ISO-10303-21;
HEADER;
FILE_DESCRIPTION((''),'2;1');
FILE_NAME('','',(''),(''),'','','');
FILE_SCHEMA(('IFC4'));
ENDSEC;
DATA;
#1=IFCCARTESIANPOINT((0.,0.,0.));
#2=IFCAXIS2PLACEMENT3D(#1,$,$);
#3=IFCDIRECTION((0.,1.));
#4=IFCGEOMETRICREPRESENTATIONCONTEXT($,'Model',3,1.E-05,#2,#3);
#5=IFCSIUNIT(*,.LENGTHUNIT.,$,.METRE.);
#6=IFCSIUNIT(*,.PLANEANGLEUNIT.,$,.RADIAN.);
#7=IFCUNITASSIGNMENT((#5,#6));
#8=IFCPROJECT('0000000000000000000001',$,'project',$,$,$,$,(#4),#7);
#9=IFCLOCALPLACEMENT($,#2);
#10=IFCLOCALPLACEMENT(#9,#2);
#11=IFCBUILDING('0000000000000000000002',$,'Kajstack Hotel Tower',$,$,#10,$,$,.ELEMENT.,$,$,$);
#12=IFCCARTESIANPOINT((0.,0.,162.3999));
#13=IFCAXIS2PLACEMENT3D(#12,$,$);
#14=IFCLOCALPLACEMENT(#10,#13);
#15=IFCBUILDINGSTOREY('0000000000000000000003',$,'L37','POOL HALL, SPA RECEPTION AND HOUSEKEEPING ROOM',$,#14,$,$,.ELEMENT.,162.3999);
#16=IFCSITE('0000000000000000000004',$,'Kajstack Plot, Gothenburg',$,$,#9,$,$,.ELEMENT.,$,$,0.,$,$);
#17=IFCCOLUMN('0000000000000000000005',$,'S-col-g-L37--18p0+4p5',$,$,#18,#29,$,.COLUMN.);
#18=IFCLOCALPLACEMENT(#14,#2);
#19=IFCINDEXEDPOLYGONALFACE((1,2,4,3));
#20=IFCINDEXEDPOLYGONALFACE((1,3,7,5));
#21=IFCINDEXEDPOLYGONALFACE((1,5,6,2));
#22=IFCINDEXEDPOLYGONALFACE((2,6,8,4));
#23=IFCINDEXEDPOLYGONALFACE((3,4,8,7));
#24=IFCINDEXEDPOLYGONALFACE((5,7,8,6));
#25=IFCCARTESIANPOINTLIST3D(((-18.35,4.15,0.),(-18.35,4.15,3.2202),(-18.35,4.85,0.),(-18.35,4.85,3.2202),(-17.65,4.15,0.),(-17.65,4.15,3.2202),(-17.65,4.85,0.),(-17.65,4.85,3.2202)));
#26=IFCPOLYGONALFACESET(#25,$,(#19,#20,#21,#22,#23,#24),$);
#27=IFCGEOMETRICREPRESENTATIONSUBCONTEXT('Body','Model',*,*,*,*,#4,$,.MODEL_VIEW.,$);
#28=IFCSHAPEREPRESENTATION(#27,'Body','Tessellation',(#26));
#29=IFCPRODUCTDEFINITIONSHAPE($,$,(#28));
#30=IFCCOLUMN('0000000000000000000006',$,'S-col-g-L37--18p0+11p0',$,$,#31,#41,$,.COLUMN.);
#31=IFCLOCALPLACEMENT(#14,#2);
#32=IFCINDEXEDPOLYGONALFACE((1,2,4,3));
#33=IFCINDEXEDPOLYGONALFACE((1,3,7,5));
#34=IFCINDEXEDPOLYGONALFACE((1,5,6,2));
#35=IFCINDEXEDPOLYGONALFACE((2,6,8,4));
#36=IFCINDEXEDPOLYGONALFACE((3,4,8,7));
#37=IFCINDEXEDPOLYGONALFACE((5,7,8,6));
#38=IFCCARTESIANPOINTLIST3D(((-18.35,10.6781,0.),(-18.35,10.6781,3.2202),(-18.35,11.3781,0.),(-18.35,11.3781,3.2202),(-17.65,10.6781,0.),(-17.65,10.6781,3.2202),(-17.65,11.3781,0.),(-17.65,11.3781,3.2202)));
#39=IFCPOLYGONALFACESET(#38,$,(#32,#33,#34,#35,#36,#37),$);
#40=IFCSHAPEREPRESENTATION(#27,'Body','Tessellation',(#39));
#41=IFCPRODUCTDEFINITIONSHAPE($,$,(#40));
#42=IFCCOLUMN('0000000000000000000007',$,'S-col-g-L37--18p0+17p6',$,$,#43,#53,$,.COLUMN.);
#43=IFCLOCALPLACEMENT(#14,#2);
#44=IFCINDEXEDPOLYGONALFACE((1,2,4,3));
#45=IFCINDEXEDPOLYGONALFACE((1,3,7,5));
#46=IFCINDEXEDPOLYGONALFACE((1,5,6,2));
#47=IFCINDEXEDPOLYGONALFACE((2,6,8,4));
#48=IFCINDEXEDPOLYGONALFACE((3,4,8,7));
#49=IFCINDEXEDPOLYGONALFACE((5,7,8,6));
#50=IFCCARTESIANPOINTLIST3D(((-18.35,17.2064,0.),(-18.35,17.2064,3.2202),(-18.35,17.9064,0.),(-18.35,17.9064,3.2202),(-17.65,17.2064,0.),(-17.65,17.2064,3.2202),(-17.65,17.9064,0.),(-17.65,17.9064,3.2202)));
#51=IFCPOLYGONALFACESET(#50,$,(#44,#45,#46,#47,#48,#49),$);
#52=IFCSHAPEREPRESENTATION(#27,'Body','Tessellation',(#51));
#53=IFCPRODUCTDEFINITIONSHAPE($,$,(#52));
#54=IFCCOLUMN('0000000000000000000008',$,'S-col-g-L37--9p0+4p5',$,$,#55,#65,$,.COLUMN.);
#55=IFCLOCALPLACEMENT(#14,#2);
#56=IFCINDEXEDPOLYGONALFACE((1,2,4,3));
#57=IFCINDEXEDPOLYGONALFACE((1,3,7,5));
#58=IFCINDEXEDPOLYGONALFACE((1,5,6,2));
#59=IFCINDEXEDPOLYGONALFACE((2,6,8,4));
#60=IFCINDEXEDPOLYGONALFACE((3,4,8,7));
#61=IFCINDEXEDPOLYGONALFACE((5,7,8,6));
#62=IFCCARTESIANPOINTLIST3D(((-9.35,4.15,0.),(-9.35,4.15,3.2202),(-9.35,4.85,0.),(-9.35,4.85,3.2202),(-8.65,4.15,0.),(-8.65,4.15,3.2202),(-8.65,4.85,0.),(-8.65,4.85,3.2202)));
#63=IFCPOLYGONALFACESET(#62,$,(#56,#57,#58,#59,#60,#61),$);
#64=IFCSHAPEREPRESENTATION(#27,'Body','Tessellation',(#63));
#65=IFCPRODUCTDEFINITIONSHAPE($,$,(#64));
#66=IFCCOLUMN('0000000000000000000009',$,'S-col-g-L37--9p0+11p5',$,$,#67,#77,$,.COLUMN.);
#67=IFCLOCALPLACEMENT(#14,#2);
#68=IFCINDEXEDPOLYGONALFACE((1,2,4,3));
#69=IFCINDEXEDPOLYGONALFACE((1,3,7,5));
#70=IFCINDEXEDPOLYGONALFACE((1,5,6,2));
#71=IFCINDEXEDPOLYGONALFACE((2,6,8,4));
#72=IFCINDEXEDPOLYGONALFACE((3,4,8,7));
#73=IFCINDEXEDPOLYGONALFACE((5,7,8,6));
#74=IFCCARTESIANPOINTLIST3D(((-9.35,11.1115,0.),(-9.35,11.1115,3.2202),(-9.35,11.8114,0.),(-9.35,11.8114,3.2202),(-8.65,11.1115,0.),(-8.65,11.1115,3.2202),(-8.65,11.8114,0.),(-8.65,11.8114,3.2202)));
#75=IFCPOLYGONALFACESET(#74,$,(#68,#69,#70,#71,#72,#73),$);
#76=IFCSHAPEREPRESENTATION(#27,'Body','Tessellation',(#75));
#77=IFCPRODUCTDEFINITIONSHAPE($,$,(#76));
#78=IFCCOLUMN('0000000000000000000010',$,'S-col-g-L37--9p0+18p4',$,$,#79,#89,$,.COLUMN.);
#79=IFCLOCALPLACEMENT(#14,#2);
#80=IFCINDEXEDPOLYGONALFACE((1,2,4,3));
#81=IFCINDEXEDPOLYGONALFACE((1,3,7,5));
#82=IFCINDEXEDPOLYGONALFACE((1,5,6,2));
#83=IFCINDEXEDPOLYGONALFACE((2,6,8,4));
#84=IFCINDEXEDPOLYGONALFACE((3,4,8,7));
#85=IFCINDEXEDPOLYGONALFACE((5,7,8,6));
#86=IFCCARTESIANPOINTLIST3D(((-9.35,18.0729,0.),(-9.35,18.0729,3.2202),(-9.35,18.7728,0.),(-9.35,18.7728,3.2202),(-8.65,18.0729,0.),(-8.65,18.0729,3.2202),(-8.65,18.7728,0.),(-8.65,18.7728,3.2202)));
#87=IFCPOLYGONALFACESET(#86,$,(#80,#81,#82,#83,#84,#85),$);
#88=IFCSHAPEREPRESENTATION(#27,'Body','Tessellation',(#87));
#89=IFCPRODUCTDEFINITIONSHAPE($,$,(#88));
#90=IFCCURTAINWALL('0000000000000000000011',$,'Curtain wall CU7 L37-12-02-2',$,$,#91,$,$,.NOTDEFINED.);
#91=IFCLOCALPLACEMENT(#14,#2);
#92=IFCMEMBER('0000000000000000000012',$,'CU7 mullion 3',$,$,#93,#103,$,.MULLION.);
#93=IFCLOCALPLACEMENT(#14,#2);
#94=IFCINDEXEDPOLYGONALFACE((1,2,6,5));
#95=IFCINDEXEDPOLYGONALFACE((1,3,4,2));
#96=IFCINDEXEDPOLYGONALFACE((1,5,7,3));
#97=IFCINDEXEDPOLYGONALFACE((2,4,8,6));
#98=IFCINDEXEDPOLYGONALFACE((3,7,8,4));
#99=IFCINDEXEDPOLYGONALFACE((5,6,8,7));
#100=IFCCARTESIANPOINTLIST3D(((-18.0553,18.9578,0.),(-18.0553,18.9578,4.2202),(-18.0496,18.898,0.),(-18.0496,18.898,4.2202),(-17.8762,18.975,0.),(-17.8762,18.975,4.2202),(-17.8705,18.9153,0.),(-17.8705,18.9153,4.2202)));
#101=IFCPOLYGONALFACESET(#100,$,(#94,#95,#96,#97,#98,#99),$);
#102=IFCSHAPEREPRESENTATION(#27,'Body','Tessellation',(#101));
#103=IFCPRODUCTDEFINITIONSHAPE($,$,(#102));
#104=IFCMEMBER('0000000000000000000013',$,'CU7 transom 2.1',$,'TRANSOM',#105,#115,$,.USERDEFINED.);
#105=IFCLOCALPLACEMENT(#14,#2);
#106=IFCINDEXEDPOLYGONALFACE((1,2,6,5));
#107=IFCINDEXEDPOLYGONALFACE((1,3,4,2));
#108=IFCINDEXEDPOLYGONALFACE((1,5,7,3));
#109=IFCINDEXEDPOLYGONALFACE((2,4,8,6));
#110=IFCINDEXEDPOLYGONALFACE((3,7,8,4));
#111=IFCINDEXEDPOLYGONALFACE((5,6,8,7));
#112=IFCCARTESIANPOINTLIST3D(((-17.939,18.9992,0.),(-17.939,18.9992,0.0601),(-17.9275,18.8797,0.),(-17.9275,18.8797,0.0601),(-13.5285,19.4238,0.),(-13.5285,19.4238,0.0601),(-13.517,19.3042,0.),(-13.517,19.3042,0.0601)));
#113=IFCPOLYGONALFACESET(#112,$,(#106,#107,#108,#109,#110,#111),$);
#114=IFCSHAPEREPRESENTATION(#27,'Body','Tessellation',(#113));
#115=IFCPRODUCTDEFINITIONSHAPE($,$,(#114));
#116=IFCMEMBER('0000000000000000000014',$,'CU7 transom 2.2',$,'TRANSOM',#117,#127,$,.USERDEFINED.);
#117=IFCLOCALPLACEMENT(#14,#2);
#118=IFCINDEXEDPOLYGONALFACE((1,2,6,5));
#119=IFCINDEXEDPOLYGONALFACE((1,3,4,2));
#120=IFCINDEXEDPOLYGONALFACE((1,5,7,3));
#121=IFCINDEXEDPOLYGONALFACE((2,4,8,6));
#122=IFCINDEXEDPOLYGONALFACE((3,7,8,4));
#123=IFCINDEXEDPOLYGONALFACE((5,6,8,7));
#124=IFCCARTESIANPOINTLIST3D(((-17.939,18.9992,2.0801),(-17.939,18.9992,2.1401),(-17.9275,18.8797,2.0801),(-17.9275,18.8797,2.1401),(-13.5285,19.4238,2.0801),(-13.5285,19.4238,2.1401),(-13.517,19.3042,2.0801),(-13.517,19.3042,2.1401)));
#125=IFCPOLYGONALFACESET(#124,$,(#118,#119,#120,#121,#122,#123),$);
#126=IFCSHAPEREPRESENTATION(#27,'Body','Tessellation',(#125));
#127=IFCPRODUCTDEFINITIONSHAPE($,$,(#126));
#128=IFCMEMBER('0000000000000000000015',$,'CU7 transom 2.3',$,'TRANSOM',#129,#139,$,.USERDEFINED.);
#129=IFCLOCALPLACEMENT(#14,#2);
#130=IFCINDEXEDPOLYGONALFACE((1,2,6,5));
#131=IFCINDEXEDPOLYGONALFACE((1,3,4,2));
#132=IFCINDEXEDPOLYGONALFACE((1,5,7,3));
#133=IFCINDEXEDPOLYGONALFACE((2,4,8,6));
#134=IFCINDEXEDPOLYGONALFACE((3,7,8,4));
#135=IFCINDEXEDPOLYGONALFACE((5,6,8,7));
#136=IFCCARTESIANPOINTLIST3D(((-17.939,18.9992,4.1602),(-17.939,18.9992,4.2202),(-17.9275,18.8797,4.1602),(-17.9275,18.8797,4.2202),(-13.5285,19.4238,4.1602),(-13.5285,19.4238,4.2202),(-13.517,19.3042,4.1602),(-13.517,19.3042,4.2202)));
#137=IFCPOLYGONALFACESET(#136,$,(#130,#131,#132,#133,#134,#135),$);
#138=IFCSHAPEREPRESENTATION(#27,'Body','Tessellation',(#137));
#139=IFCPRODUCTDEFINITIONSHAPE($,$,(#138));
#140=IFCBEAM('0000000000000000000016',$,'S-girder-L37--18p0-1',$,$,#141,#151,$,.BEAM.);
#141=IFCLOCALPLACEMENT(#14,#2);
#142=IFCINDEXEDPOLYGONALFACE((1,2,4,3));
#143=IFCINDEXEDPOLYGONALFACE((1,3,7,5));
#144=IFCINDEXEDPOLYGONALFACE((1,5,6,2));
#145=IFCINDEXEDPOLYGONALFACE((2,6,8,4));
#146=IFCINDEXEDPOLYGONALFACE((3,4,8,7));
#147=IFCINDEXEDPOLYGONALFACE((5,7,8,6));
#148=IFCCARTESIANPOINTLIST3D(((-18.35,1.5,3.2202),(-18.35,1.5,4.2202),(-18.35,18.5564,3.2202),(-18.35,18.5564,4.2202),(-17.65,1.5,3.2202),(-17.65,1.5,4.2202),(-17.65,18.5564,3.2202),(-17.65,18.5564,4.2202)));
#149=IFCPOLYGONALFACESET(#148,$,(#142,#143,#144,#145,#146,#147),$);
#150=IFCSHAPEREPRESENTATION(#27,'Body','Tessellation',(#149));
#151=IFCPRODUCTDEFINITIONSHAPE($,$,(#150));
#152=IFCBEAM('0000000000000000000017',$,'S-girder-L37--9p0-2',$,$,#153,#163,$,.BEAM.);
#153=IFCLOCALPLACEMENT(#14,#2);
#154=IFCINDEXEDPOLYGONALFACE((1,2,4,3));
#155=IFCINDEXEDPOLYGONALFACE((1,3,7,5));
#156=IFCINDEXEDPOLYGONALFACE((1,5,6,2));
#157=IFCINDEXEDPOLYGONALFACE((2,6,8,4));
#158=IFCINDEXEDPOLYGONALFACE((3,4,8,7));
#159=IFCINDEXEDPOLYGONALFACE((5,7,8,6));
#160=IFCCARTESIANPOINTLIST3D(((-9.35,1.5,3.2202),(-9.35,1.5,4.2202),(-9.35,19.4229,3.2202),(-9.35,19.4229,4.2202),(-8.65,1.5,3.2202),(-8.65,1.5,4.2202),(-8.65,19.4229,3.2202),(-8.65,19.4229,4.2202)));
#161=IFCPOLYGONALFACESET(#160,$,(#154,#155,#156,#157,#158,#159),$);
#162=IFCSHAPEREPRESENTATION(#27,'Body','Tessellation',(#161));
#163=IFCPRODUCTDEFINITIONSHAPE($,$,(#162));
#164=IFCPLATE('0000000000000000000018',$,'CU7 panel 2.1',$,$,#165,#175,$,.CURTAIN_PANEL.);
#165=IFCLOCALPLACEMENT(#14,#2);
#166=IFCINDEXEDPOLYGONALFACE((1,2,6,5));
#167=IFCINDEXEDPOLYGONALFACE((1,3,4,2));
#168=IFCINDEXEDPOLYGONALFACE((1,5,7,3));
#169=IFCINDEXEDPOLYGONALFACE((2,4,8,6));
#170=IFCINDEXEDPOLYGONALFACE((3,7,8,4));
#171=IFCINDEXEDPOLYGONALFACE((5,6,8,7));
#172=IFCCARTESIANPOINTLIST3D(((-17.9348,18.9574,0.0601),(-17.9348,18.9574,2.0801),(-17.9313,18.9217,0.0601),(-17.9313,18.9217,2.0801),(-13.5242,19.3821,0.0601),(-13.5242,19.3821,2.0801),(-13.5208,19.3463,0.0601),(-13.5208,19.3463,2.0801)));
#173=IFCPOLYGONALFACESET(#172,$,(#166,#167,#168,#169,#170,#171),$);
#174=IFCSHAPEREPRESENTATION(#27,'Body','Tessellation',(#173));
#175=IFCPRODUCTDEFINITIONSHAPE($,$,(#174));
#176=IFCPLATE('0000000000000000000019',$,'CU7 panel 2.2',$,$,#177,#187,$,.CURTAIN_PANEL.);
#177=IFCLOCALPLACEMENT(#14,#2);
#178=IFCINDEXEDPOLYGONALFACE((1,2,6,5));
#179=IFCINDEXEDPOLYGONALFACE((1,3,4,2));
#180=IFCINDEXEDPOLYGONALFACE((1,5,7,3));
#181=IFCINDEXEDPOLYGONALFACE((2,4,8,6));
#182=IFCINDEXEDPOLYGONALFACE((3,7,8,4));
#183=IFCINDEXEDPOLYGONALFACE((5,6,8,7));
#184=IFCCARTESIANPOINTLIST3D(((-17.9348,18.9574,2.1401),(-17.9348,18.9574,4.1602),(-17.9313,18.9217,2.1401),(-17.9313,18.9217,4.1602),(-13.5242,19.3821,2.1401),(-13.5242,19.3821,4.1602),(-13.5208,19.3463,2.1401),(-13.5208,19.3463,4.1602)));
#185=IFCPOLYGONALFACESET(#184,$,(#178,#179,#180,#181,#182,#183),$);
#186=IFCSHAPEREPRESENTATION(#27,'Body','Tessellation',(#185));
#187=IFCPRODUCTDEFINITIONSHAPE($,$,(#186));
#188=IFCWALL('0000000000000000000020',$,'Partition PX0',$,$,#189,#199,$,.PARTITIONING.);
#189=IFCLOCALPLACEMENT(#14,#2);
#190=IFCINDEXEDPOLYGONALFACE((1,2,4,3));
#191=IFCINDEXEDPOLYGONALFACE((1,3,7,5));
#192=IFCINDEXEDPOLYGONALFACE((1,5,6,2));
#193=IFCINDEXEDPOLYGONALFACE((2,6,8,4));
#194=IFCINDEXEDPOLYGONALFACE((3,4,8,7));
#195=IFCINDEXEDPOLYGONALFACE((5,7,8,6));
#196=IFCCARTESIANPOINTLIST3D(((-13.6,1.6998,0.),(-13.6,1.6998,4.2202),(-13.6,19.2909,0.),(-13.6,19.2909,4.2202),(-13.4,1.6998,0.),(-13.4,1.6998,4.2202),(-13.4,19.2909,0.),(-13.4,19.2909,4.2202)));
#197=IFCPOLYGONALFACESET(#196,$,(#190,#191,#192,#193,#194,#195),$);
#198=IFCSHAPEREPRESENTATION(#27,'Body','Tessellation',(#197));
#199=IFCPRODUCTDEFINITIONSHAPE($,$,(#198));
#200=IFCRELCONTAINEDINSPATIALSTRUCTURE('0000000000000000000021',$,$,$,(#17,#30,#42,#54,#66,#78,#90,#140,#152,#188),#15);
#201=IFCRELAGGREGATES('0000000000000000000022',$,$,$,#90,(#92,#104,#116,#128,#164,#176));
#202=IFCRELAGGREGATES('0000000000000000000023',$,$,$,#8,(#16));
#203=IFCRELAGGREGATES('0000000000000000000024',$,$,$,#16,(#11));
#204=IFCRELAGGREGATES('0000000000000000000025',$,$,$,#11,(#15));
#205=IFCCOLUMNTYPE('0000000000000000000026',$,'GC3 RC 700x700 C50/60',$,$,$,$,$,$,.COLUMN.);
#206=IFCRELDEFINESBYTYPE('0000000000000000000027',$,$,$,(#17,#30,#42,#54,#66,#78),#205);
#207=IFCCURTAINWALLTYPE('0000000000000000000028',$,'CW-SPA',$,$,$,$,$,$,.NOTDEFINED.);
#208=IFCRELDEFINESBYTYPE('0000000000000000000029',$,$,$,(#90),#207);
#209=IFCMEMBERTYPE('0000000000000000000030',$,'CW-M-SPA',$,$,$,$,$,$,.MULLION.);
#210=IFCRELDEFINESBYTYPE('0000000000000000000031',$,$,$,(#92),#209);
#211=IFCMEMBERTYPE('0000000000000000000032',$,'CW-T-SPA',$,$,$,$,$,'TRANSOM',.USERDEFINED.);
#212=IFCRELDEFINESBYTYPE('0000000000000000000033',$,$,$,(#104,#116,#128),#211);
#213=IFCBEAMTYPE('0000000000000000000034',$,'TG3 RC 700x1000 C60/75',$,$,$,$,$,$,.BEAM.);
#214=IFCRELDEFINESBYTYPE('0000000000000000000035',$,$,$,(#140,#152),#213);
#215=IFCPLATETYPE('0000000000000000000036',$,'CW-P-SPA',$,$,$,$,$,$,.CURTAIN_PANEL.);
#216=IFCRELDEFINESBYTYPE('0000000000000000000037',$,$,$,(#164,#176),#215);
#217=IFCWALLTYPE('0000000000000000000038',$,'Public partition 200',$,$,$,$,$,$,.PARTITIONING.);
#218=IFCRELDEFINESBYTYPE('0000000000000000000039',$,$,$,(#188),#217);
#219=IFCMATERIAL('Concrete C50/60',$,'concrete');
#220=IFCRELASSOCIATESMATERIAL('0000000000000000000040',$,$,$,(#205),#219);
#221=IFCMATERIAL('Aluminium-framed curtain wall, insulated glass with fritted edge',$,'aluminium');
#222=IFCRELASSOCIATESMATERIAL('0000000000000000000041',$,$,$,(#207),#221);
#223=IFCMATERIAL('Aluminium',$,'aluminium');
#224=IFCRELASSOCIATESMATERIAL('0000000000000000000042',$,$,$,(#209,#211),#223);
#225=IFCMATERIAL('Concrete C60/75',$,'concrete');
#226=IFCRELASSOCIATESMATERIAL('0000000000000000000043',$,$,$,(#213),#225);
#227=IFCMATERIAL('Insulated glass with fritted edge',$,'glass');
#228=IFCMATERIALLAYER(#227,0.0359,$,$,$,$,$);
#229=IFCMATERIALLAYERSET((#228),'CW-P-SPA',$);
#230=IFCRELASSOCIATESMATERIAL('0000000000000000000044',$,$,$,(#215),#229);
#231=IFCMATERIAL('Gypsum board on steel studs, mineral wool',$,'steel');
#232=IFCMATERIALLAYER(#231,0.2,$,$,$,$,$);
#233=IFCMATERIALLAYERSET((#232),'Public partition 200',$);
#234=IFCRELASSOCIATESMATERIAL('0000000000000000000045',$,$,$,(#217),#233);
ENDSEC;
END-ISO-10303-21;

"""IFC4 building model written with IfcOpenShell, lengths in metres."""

from ifc_helpers import new_model, si_unit, direction, frame, frame_2d, origin, origin_2d, place, context, subcontext, project, spatial, rectangle, extrude, material, layer, layer_set, material_profile, profile_set, type_object, element, aggregate, save


model = new_model("IFC4")

# Units and contexts
model_context = context("Model", 3, precision=1e-05, world=origin(), true_north=direction((0.0, 1.0)))
body_context = subcontext(model_context, "Body", "Model", "MODEL_VIEW")
ifc_project = project(units=[si_unit("LENGTHUNIT", "METRE"), si_unit("PLANEANGLEUNIT", "RADIAN")], contexts=[model_context])

# Site, building, storey
site_placement = place(None, origin())
site = spatial("IfcSite", under=ifc_project, at=site_placement, Name="Kajstack Plot, Gothenburg", CompositionType="ELEMENT", RefElevation=0.0)
building_placement = place(site_placement, origin())
building = spatial("IfcBuilding", under=site, at=building_placement, Name="Kajstack Hotel Tower", CompositionType="ELEMENT")
storey_placement = place(building_placement, frame((0.0, 0.0, 162.3999)))
storey = spatial("IfcBuildingStorey", under=building, at=storey_placement, Name="L37", Description="POOL HALL, SPA RECEPTION AND HOUSEKEEPING ROOM", CompositionType="ELEMENT", Elevation=162.3999)

# Columns
ifc_material_1 = material(Name="Concrete C50/60", Category="concrete")
ifc_material_profile_1 = material_profile(ifc_material_1, rectangle(XDim=0.7, YDim=0.7, at=origin_2d()), Name="RC 700x700")
ifc_profile_set_1 = profile_set([ifc_material_profile_1], Name="Concrete C50/60")
column_type = type_object("IfcColumnType", Name="GC3 RC 700x700 C50/60", PredefinedType="COLUMN", material=ifc_profile_set_1)
for number, where, z_axis, x_axis, name in (
    (1, (-18.0, 4.5, 0.0), (0.0, 0.0, 1.0), (1.0, 0.0, 0.0), "S-col-g-L37--18p0+4p5"),
    (2, (-18.0, 11.0281, 0.0), (0.0, 0.0, 1.0), (1.0, 0.0, 0.0), "S-col-g-L37--18p0+11p0"),
    (3, (-18.0, 17.5564, 0.0), (0.0, 0.0, 1.0), (1.0, 0.0, 0.0), "S-col-g-L37--18p0+17p6"),
    (4, (-9.0, 4.5, 0.0), (0.0, 0.0, 1.0), (1.0, 0.0, 0.0), "S-col-g-L37--9p0+4p5"),
    (5, (-9.0, 11.4614, 0.0), (0.0, 0.0, 1.0), (1.0, 0.0, 0.0), "S-col-g-L37--9p0+11p5"),
    (6, (-9.0, 18.4229, 0.0), (0.0, 0.0, 1.0), (1.0, 0.0, 0.0), "S-col-g-L37--9p0+18p4"),
):
    element("IfcColumn", number, at=place(storey_placement, frame(where, z_axis=z_axis, x_axis=x_axis)), inside=storey, type_object=column_type, Name=name, PredefinedType="COLUMN", context=body_context, shape_type="SweptSolid", body=[
        extrude(rectangle(XDim=0.7, YDim=0.7, at=origin_2d()), origin(), (0.0, 0.0, 1.0), 3.2202),
    ])

# Curtain wall, members
ifc_material_2 = material(Name="Aluminium-framed curtain wall, insulated glass with fritted edge", Category="aluminium")
curtain_wall_type = type_object("IfcCurtainWallType", Name="CW-SPA", PredefinedType="NOTDEFINED", material=ifc_material_2)
curtain_wall_placement = place(storey_placement, origin())
curtain_wall = element("IfcCurtainWall", 7, at=curtain_wall_placement, inside=storey, type_object=curtain_wall_type, Name="Curtain wall CU7 L37-12-02-2", PredefinedType="NOTDEFINED")
ifc_material_3 = material(Name="Aluminium", Category="aluminium")
ifc_material_profile_2 = material_profile(ifc_material_3, rectangle(XDim=0.0601, YDim=0.1799, at=origin_2d()), Name="Aluminium mullion 60 x 180")
ifc_profile_set_2 = profile_set([ifc_material_profile_2], Name="Aluminium")
member_type_1 = type_object("IfcMemberType", Name="CW-M-SPA", PredefinedType="MULLION", material=ifc_profile_set_2)
member_1_placement = place(storey_placement, frame((-17.9629, 18.9365, 0.0), z_axis=(0.0, 0.0, 1.0), x_axis=(0.095845, -0.995396, 0.0)))
member_1 = element("IfcMember", 8, at=member_1_placement, type_object=member_type_1, Name="CU7 mullion 3", PredefinedType="MULLION", context=body_context, shape_type="SweptSolid", body=[
    extrude(rectangle(XDim=0.0601, YDim=0.1799, at=origin_2d()), origin(), (0.0, 0.0, 1.0), 4.2202),
])
ifc_material_profile_3 = material_profile(ifc_material_3, rectangle(XDim=0.1201, YDim=0.0601, at=origin_2d()), Name="Aluminium transom 120 x 60")
ifc_profile_set_3 = profile_set([ifc_material_profile_3], Name="Aluminium")
member_type_2 = type_object("IfcMemberType", Name="CW-T-SPA", ElementType="TRANSOM", PredefinedType="USERDEFINED", material=ifc_profile_set_3)
member_2_placement = place(storey_placement, frame((-13.5227, 19.364, 0.03), z_axis=(-0.995399, -0.095821, 0.0), x_axis=(0.095821, -0.995399, 0.0)))
member_2 = element("IfcMember", 9, at=member_2_placement, type_object=member_type_2, Name="CU7 transom 2.1", ObjectType="TRANSOM", PredefinedType="USERDEFINED", context=body_context, shape_type="SweptSolid", body=[
    extrude(rectangle(XDim=0.1201, YDim=0.0601, at=origin_2d()), origin(), (0.0, 0.0, 1.0), 4.4309),
])
member_3_placement = place(storey_placement, frame((-13.5227, 19.364, 2.1101), z_axis=(-0.995399, -0.095821, 0.0), x_axis=(0.095821, -0.995399, 0.0)))
member_3 = element("IfcMember", 10, at=member_3_placement, type_object=member_type_2, Name="CU7 transom 2.2", ObjectType="TRANSOM", PredefinedType="USERDEFINED", context=body_context, shape_type="SweptSolid", body=[
    extrude(rectangle(XDim=0.1201, YDim=0.0601, at=origin_2d()), origin(), (0.0, 0.0, 1.0), 4.4309),
])
member_4_placement = place(storey_placement, frame((-13.5227, 19.364, 4.1902), z_axis=(-0.995399, -0.095821, 0.0), x_axis=(0.095821, -0.995399, 0.0)))
member_4 = element("IfcMember", 11, at=member_4_placement, type_object=member_type_2, Name="CU7 transom 2.3", ObjectType="TRANSOM", PredefinedType="USERDEFINED", context=body_context, shape_type="SweptSolid", body=[
    extrude(rectangle(XDim=0.1201, YDim=0.0601, at=origin_2d()), origin(), (0.0, 0.0, 1.0), 4.4309),
])

# Beams
ifc_material_4 = material(Name="Concrete C60/75", Category="concrete")
ifc_material_profile_4 = material_profile(ifc_material_4, rectangle(XDim=0.7, YDim=1.0, at=origin_2d()), Name="RC 700x1000")
ifc_profile_set_4 = profile_set([ifc_material_profile_4], Name="Concrete C60/75")
beam_type = type_object("IfcBeamType", Name="TG3 RC 700x1000 C60/75", PredefinedType="BEAM", material=ifc_profile_set_4)
beam_1_placement = place(storey_placement, frame((-18.0, 1.5, 3.7202), z_axis=(0.0, 1.0, 0.0), x_axis=(-1.0, 0.0, 0.0)))
element("IfcBeam", 12, at=beam_1_placement, inside=storey, type_object=beam_type, Name="S-girder-L37--18p0-1", PredefinedType="BEAM", context=body_context, shape_type="SweptSolid", body=[
    extrude(rectangle(XDim=0.7, YDim=1.0, at=origin_2d()), origin(), (0.0, 0.0, 1.0), 17.0564),
])
beam_2_placement = place(storey_placement, frame((-9.0, 1.5, 3.7202), z_axis=(0.0, 1.0, 0.0), x_axis=(-1.0, 0.0, 0.0)))
element("IfcBeam", 13, at=beam_2_placement, inside=storey, type_object=beam_type, Name="S-girder-L37--9p0-2", PredefinedType="BEAM", context=body_context, shape_type="SweptSolid", body=[
    extrude(rectangle(XDim=0.7, YDim=1.0, at=origin_2d()), origin(), (0.0, 0.0, 1.0), 17.9229),
])

# Plates
ifc_material_5 = material(Name="Insulated glass with fritted edge", Category="glass")
ifc_layer_1 = layer(ifc_material_5, 0.0359)
ifc_layer_set_1 = layer_set([ifc_layer_1], Name="CW-P-SPA")
plate_type = type_object("IfcPlateType", Name="CW-P-SPA", PredefinedType="CURTAIN_PANEL", material=ifc_layer_set_1)
plate_1_placement = place(storey_placement, frame((-15.7278, 19.1519, 0.0601), z_axis=(0.0, 0.0, 1.0), x_axis=(-0.995396, -0.095845, 0.0)))
plate_1 = element("IfcPlate", 14, at=plate_1_placement, type_object=plate_type, Name="CU7 panel 2.1", PredefinedType="CURTAIN_PANEL", context=body_context, shape_type="SweptSolid", body=[
    extrude(rectangle(XDim=4.4309, YDim=0.0359, at=origin_2d()), origin(), (0.0, 0.0, 1.0), 2.02),
])
plate_2_placement = place(storey_placement, frame((-15.7278, 19.1519, 2.1401), z_axis=(0.0, 0.0, 1.0), x_axis=(-0.995396, -0.095845, 0.0)))
plate_2 = element("IfcPlate", 15, at=plate_2_placement, type_object=plate_type, Name="CU7 panel 2.2", PredefinedType="CURTAIN_PANEL", context=body_context, shape_type="SweptSolid", body=[
    extrude(rectangle(XDim=4.4309, YDim=0.0359, at=origin_2d()), origin(), (0.0, 0.0, 1.0), 2.02),
])
aggregate(curtain_wall, [member_1, member_2, member_3, member_4, plate_1, plate_2])

# Wall
ifc_material_6 = material(Name="Gypsum board on steel studs, mineral wool", Category="steel")
ifc_layer_2 = layer(ifc_material_6, 0.2)
ifc_layer_set_2 = layer_set([ifc_layer_2], Name="Public partition 200")
wall_type = type_object("IfcWallType", Name="Public partition 200", PredefinedType="PARTITIONING", material=ifc_layer_set_2)
wall_1_placement = place(storey_placement, frame((-13.5, 1.7, 0.0), z_axis=(0.0, 0.0, 1.0), x_axis=(0.0, 1.0, 0.0)))
element("IfcWall", 16, at=wall_1_placement, inside=storey, type_object=wall_type, Name="Partition PX0", PredefinedType="PARTITIONING", context=body_context, shape_type="SweptSolid", body=[
    extrude(rectangle(XDim=17.5911, YDim=0.2, at=frame_2d((8.7954, 0.0))), origin(), (0.0, 0.0, 1.0), 4.2202),
])

save(model, "model.ifc")
